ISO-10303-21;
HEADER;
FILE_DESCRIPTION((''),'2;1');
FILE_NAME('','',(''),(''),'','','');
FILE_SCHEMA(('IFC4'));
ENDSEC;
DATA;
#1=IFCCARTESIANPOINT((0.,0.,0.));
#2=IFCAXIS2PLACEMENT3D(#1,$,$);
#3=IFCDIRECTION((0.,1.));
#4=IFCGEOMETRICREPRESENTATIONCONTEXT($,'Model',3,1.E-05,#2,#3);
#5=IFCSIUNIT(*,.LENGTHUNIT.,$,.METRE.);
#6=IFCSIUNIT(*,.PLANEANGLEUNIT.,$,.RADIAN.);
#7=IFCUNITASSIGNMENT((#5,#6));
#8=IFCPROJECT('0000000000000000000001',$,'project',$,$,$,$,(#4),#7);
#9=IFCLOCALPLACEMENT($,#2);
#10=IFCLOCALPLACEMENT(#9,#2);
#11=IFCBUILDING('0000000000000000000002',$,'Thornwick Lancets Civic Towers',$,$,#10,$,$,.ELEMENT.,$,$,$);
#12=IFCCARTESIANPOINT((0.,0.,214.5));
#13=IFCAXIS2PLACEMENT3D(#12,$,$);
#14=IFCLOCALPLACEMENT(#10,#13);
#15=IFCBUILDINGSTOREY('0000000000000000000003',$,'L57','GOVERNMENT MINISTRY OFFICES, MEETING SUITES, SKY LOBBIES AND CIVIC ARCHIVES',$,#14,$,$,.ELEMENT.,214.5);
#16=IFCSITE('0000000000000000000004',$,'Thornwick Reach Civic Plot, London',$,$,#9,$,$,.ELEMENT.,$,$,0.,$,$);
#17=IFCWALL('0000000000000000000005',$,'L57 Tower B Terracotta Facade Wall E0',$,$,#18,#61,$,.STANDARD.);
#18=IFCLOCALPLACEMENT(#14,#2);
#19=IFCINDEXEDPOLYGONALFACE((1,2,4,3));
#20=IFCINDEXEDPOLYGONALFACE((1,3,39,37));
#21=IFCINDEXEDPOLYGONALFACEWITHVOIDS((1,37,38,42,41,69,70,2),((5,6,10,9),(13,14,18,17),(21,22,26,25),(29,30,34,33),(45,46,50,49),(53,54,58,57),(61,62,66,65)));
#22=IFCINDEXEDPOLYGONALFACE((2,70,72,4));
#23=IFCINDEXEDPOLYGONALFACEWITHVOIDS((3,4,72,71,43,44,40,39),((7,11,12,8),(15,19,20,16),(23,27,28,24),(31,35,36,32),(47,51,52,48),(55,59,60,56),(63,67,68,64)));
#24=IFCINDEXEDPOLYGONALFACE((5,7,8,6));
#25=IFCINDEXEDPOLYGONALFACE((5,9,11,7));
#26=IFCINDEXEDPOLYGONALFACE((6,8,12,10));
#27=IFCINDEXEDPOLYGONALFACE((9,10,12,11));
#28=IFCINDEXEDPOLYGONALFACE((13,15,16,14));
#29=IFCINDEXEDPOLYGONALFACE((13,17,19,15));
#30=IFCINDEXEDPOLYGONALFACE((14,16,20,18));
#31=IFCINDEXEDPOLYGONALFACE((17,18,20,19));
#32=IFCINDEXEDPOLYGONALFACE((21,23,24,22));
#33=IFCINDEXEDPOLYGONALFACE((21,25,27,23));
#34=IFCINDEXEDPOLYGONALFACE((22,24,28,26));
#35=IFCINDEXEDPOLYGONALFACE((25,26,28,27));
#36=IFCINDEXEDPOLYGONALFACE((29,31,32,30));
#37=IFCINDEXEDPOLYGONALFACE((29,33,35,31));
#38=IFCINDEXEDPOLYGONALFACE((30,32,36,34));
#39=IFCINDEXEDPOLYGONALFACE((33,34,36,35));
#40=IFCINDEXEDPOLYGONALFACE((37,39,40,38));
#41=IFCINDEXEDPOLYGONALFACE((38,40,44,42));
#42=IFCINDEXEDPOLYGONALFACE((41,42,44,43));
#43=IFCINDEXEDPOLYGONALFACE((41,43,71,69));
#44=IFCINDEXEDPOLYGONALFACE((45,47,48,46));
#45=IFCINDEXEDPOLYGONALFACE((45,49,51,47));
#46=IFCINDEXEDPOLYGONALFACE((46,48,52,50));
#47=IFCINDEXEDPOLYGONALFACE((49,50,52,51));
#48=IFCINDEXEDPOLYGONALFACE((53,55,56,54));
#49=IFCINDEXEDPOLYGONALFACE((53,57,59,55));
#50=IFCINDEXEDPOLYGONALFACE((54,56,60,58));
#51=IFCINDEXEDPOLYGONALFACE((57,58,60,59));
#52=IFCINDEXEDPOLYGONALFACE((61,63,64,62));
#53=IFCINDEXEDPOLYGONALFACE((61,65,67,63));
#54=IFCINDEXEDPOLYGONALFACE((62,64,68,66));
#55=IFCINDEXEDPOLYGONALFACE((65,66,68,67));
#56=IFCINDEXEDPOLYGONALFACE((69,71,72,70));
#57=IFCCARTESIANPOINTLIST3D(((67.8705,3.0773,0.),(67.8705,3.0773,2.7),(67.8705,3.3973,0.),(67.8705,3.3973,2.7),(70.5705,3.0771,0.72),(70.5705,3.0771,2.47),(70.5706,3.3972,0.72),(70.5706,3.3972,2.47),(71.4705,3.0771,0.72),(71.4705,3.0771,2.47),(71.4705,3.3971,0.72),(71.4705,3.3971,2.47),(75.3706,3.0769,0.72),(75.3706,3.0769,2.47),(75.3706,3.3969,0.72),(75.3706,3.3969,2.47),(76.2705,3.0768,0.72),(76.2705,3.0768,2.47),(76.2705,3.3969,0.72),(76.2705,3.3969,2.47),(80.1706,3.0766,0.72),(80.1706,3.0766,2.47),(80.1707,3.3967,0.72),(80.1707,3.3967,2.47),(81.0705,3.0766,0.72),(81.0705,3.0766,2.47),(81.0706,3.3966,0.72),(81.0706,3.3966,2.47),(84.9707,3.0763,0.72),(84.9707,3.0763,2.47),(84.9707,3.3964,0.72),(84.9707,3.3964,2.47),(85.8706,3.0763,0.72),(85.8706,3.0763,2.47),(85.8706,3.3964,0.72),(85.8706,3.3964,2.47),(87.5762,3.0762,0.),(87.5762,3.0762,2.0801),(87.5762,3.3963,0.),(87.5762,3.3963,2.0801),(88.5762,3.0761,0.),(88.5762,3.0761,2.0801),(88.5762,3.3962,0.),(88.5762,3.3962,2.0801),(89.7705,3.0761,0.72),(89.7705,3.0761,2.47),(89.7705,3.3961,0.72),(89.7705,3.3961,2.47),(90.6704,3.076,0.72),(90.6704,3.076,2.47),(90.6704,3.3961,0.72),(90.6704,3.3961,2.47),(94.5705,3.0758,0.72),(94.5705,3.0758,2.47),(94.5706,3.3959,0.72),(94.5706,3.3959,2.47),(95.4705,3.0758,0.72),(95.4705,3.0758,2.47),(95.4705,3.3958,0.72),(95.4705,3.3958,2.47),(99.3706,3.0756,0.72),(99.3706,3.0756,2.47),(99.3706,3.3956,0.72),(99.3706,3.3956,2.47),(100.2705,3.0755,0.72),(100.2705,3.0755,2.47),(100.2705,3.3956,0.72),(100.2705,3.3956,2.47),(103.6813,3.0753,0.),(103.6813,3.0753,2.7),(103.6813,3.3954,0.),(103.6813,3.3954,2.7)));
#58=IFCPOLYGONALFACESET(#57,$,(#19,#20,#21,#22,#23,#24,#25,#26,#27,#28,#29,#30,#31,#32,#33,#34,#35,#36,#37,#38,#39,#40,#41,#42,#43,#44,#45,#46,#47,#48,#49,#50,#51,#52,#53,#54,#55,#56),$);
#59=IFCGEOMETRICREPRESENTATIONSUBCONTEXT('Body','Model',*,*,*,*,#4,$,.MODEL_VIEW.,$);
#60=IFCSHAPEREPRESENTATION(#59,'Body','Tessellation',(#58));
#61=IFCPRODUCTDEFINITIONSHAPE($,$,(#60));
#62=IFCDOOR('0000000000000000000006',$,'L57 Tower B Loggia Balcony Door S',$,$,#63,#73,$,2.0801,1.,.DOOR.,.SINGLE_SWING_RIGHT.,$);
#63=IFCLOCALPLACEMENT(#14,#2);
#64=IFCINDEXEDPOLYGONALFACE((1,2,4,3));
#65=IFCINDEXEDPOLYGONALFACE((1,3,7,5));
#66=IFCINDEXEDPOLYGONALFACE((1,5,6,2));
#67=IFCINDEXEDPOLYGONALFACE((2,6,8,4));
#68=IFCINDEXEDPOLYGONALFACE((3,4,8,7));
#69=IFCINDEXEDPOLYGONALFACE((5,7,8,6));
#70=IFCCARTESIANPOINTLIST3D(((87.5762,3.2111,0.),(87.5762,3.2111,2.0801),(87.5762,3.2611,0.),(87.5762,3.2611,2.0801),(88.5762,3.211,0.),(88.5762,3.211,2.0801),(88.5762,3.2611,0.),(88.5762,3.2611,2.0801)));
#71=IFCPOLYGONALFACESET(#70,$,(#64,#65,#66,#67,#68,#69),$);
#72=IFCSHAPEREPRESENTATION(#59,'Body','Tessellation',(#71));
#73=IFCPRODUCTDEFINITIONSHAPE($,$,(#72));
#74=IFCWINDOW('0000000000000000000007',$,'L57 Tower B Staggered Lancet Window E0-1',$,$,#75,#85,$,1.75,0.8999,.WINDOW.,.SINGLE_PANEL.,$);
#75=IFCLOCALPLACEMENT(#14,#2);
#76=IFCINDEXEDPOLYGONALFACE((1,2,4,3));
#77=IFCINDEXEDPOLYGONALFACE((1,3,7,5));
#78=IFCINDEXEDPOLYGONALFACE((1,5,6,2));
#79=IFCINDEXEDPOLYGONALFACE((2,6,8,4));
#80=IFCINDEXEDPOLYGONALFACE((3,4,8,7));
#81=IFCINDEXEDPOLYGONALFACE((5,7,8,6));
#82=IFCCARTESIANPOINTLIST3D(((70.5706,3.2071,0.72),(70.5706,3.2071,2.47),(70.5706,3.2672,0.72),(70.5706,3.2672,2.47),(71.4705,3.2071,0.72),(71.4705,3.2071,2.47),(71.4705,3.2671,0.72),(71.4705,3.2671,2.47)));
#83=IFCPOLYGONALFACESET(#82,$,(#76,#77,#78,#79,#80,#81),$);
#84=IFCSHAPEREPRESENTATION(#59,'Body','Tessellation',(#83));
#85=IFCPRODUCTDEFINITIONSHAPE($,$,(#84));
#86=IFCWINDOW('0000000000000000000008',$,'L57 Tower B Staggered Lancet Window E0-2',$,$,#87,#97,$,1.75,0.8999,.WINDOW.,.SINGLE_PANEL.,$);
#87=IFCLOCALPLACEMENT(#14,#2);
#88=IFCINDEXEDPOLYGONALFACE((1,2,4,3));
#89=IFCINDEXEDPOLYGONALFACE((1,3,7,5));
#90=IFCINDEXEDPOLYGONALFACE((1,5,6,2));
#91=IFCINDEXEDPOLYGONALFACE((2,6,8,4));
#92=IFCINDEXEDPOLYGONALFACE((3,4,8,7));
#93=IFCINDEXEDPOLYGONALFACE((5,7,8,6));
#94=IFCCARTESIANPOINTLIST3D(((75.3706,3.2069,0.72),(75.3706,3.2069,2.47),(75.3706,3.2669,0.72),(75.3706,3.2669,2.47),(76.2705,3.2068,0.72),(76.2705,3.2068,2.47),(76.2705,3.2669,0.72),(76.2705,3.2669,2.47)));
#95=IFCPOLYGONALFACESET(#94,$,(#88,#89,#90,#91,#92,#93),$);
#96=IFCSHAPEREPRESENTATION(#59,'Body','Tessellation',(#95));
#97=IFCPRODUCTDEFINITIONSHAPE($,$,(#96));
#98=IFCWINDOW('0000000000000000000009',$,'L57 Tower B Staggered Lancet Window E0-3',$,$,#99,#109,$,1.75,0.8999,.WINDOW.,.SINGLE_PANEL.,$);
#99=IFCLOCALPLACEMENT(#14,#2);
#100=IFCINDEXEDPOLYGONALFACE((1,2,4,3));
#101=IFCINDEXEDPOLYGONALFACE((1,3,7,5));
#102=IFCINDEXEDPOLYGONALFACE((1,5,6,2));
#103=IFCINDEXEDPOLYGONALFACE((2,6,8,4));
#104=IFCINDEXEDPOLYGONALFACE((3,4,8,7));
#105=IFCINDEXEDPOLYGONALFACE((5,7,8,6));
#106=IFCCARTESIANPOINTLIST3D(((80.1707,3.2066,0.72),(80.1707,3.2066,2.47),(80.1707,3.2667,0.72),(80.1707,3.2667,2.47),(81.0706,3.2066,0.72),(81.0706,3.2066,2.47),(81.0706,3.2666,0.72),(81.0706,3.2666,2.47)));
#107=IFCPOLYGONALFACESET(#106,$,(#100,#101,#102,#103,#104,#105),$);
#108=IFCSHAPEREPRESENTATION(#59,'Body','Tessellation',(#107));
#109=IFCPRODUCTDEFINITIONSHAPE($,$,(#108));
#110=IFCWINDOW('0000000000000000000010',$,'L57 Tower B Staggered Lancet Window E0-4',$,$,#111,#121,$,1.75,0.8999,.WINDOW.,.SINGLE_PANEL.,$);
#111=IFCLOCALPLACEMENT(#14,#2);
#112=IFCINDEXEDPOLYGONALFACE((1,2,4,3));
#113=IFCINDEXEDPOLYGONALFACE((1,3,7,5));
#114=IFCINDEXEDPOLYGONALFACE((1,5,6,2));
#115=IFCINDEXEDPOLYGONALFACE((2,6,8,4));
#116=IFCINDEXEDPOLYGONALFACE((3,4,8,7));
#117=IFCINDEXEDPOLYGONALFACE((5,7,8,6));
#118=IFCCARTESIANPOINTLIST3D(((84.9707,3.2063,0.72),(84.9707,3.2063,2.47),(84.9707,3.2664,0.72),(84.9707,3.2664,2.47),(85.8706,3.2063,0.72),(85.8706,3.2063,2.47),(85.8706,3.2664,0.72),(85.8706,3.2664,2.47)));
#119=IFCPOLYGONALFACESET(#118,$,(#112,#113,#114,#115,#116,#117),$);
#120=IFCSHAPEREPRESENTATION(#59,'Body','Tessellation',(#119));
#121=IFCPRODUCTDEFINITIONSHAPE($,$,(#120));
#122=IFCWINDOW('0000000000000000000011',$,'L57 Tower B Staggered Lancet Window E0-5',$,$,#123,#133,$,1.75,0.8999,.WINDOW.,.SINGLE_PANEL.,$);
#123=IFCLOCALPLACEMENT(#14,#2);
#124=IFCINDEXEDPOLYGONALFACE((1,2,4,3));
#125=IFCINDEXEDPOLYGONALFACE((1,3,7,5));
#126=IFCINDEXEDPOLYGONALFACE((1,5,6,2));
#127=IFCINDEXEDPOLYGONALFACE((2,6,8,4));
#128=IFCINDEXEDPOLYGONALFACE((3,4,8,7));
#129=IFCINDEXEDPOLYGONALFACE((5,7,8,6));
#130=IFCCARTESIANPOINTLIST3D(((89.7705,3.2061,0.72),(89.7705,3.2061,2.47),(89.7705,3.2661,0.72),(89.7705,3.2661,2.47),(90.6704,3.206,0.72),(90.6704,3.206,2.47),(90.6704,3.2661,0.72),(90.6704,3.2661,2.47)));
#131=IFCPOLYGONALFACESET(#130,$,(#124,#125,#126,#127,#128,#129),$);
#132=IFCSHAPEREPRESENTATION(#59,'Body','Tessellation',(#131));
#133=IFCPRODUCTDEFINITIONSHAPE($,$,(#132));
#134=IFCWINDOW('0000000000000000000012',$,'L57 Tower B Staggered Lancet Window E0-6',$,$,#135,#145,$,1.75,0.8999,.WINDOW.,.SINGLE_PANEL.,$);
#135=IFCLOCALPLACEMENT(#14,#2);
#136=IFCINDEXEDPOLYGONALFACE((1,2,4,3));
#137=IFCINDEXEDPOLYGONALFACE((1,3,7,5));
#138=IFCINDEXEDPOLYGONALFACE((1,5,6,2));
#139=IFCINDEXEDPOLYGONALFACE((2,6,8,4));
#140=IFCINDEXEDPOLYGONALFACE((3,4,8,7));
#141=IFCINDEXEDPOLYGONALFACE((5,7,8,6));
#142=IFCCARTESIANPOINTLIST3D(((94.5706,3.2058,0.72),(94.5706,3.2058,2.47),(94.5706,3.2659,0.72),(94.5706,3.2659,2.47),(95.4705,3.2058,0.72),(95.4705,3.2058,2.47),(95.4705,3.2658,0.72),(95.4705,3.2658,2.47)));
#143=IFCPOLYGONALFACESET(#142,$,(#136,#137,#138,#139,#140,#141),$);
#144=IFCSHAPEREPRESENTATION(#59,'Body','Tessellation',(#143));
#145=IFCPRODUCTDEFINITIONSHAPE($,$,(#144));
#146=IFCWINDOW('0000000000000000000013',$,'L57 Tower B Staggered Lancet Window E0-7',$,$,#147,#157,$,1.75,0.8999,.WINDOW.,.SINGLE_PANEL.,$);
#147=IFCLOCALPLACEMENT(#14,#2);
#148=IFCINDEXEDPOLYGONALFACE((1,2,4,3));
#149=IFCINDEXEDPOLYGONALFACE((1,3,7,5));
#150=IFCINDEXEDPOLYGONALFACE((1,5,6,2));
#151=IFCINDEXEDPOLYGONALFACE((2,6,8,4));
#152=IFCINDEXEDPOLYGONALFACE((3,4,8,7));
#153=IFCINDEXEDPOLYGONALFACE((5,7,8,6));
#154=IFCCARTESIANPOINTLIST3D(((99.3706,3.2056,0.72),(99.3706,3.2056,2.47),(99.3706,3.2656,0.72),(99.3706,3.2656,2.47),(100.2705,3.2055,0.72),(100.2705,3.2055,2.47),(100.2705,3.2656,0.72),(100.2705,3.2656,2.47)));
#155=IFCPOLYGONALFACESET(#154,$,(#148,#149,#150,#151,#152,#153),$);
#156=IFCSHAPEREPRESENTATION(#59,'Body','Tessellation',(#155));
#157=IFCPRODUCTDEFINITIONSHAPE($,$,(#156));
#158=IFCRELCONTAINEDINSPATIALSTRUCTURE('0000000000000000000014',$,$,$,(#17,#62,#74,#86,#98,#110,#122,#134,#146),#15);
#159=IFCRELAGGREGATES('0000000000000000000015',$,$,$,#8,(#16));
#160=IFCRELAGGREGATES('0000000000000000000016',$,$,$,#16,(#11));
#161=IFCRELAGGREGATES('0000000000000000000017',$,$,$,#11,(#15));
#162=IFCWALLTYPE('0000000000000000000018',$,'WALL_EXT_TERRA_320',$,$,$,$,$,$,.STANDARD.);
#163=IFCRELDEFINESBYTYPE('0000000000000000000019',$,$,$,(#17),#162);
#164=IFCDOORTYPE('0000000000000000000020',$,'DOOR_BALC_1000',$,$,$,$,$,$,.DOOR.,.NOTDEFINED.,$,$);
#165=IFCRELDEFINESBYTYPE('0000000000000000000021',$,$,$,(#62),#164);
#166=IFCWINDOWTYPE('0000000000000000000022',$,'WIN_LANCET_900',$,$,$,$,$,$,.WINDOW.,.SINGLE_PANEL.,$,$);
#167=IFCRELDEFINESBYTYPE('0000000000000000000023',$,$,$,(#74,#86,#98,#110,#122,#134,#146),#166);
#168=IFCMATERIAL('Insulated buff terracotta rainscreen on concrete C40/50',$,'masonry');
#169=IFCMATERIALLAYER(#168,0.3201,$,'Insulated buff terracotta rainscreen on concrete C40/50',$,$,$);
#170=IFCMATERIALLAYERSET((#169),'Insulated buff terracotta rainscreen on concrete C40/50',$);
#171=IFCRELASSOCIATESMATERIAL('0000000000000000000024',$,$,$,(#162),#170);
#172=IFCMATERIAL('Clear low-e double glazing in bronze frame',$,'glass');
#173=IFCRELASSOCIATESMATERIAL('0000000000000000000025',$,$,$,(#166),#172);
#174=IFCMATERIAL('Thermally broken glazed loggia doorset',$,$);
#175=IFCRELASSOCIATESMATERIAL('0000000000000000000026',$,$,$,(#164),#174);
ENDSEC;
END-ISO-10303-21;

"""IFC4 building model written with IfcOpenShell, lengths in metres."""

from ifc_helpers import new_model, si_unit, direction, frame, frame_2d, origin, place, context, subcontext, project, spatial, rectangle, extrude, material, layer, layer_set, type_object, element, fill, save


model = new_model("IFC4")

# Units and contexts
model_context = context("Model", 3, precision=1e-05, world=origin(), true_north=direction((0.0, 1.0)))
body_context = subcontext(model_context, "Body", "Model", "MODEL_VIEW")
ifc_project = project(units=[si_unit("LENGTHUNIT", "METRE"), si_unit("PLANEANGLEUNIT", "RADIAN")], contexts=[model_context])

# Site, building, storey
site_placement = place(None, origin())
site = spatial("IfcSite", under=ifc_project, at=site_placement, Name="Thornwick Reach Civic Plot, London", CompositionType="ELEMENT", RefElevation=0.0)
building_placement = place(site_placement, origin())
building = spatial("IfcBuilding", under=site, at=building_placement, Name="Thornwick Lancets Civic Towers", CompositionType="ELEMENT")
storey_placement = place(building_placement, frame((0.0, 0.0, 214.5)))
storey = spatial("IfcBuildingStorey", under=building, at=storey_placement, Name="L57", Description="GOVERNMENT MINISTRY OFFICES, MEETING SUITES, SKY LOBBIES AND CIVIC ARCHIVES", CompositionType="ELEMENT", Elevation=214.5)

# Shared definitions
ifc_material_1 = material(Name="Insulated buff terracotta rainscreen on concrete C40/50", Category="masonry")
ifc_layer_1 = layer(ifc_material_1, 0.3201, Name="Insulated buff terracotta rainscreen on concrete C40/50")
ifc_layer_set_1 = layer_set([ifc_layer_1], Name="Insulated buff terracotta rainscreen on concrete C40/50")
wall_type_1 = type_object("IfcWallType", Name="WALL_EXT_TERRA_320", PredefinedType="STANDARD", material=ifc_layer_set_1)
ifc_material_2 = material(Name="Clear low-e double glazing in bronze frame", Category="glass")
window_type = type_object("IfcWindowType", Name="WIN_LANCET_900", PartitioningType="SINGLE_PANEL", PredefinedType="WINDOW", material=ifc_material_2)

# Wall, openings, door, windows
wall_1_placement = place(storey_placement, frame((67.8706, 3.2373, 0.0), z_axis=(0.0, 0.0, 1.0), x_axis=(1.0, -0.000055, 0.0)))
wall_1 = element("IfcWall", 1, at=wall_1_placement, inside=storey, type_object=wall_type_1, Name="L57 Tower B Terracotta Facade Wall E0", PredefinedType="STANDARD", context=body_context, shape_type="SweptSolid", body=[
    extrude(rectangle(XDim=35.8108, YDim=0.3201, at=frame_2d((17.9053, 0.0))), origin(), (0.0, 0.0, 1.0), 2.7),
])
opening_1_placement = place(wall_1_placement, frame((19.7056, 0.0, 0.0)))
opening_1 = element("IfcOpeningElement", 2, at=opening_1_placement, cuts=wall_1, PredefinedType="OPENING", context=body_context, shape_type="SweptSolid", body=[
    extrude(rectangle(XDim=1.0, YDim=2.0801, at=frame_2d((0.5, 1.04))), frame((0.0, 0.1699, 0.0), z_axis=(0.0, -1.0, 0.0), x_axis=(1.0, 0.0, 0.0)), (0.0, 0.0, 1.0), 0.3401),
])
opening_2_placement = place(wall_1_placement, frame((2.7, 0.0, 0.72)))
opening_2 = element("IfcOpeningElement", 3, at=opening_2_placement, cuts=wall_1, PredefinedType="OPENING", context=body_context, shape_type="SweptSolid", body=[
    extrude(rectangle(XDim=0.8999, YDim=1.75, at=frame_2d((0.45, 0.875))), frame((0.0, 0.1699, 0.0), z_axis=(0.0, -1.0, 0.0), x_axis=(1.0, 0.0, 0.0)), (0.0, 0.0, 1.0), 0.3401),
])
opening_3_placement = place(wall_1_placement, frame((7.5, 0.0, 0.72)))
opening_3 = element("IfcOpeningElement", 4, at=opening_3_placement, cuts=wall_1, PredefinedType="OPENING", context=body_context, shape_type="SweptSolid", body=[
    extrude(rectangle(XDim=0.8999, YDim=1.75, at=frame_2d((0.45, 0.875))), frame((0.0, 0.1699, 0.0), z_axis=(0.0, -1.0, 0.0), x_axis=(1.0, 0.0, 0.0)), (0.0, 0.0, 1.0), 0.3401),
])
opening_4_placement = place(wall_1_placement, frame((12.3, 0.0, 0.72)))
opening_4 = element("IfcOpeningElement", 5, at=opening_4_placement, cuts=wall_1, PredefinedType="OPENING", context=body_context, shape_type="SweptSolid", body=[
    extrude(rectangle(XDim=0.8999, YDim=1.75, at=frame_2d((0.45, 0.875))), frame((0.0, 0.1699, 0.0), z_axis=(0.0, -1.0, 0.0), x_axis=(1.0, 0.0, 0.0)), (0.0, 0.0, 1.0), 0.3401),
])
opening_5_placement = place(wall_1_placement, frame((17.1001, 0.0, 0.72)))
opening_5 = element("IfcOpeningElement", 6, at=opening_5_placement, cuts=wall_1, PredefinedType="OPENING", context=body_context, shape_type="SweptSolid", body=[
    extrude(rectangle(XDim=0.8999, YDim=1.75, at=frame_2d((0.45, 0.875))), frame((0.0, 0.1699, 0.0), z_axis=(0.0, -1.0, 0.0), x_axis=(1.0, 0.0, 0.0)), (0.0, 0.0, 1.0), 0.3401),
])
opening_6_placement = place(wall_1_placement, frame((21.8999, 0.0, 0.72)))
opening_6 = element("IfcOpeningElement", 7, at=opening_6_placement, cuts=wall_1, PredefinedType="OPENING", context=body_context, shape_type="SweptSolid", body=[
    extrude(rectangle(XDim=0.8999, YDim=1.75, at=frame_2d((0.45, 0.875))), frame((0.0, 0.1699, 0.0), z_axis=(0.0, -1.0, 0.0), x_axis=(1.0, 0.0, 0.0)), (0.0, 0.0, 1.0), 0.3401),
])
opening_7_placement = place(wall_1_placement, frame((26.7, 0.0, 0.72)))
opening_7 = element("IfcOpeningElement", 8, at=opening_7_placement, cuts=wall_1, PredefinedType="OPENING", context=body_context, shape_type="SweptSolid", body=[
    extrude(rectangle(XDim=0.8999, YDim=1.75, at=frame_2d((0.45, 0.875))), frame((0.0, 0.1699, 0.0), z_axis=(0.0, -1.0, 0.0), x_axis=(1.0, 0.0, 0.0)), (0.0, 0.0, 1.0), 0.3401),
])
opening_8_placement = place(wall_1_placement, frame((31.5, 0.0, 0.72)))
opening_8 = element("IfcOpeningElement", 9, at=opening_8_placement, cuts=wall_1, PredefinedType="OPENING", context=body_context, shape_type="SweptSolid", body=[
    extrude(rectangle(XDim=0.8999, YDim=1.75, at=frame_2d((0.45, 0.875))), frame((0.0, 0.1699, 0.0), z_axis=(0.0, -1.0, 0.0), x_axis=(1.0, 0.0, 0.0)), (0.0, 0.0, 1.0), 0.3401),
])
ifc_material_3 = material(Name="Thermally broken glazed loggia doorset")
door_type = type_object("IfcDoorType", Name="DOOR_BALC_1000", OperationType="NOTDEFINED", PredefinedType="DOOR", material=ifc_material_3)
door_placement = place(opening_1_placement, origin())
door = element("IfcDoor", 10, at=door_placement, inside=storey, type_object=door_type, Name="L57 Tower B Loggia Balcony Door S", OperationType="SINGLE_SWING_RIGHT", OverallHeight=2.0801, OverallWidth=1.0, PredefinedType="DOOR", context=body_context, shape_type="SweptSolid", body=[
    extrude(rectangle(XDim=1.0, YDim=2.0801, at=frame_2d((0.5, 1.04))), frame((0.0, 0.0249, 0.0), z_axis=(0.0, -1.0, 0.0), x_axis=(1.0, 0.0, 0.0)), (0.0, 0.0, 1.0), 0.05),
])
fill(opening_1, door)
window_1_placement = place(opening_2_placement, origin())
window_1 = element("IfcWindow", 11, at=window_1_placement, inside=storey, type_object=window_type, Name="L57 Tower B Staggered Lancet Window E0-1", OverallHeight=1.75, OverallWidth=0.8999, PartitioningType="SINGLE_PANEL", PredefinedType="WINDOW", context=body_context, shape_type="SweptSolid", body=[
    extrude(rectangle(XDim=0.8999, YDim=1.75, at=frame_2d((0.45, 0.875))), frame((0.0, 0.03, 0.0), z_axis=(0.0, -1.0, 0.0), x_axis=(1.0, 0.0, 0.0)), (0.0, 0.0, 1.0), 0.0601),
])
fill(opening_2, window_1)
window_2_placement = place(opening_3_placement, origin())
window_2 = element("IfcWindow", 12, at=window_2_placement, inside=storey, type_object=window_type, Name="L57 Tower B Staggered Lancet Window E0-2", OverallHeight=1.75, OverallWidth=0.8999, PartitioningType="SINGLE_PANEL", PredefinedType="WINDOW", context=body_context, shape_type="SweptSolid", body=[
    extrude(rectangle(XDim=0.8999, YDim=1.75, at=frame_2d((0.45, 0.875))), frame((0.0, 0.03, 0.0), z_axis=(0.0, -1.0, 0.0), x_axis=(1.0, 0.0, 0.0)), (0.0, 0.0, 1.0), 0.0601),
])
fill(opening_3, window_2)
window_3_placement = place(opening_4_placement, origin())
window_3 = element("IfcWindow", 13, at=window_3_placement, inside=storey, type_object=window_type, Name="L57 Tower B Staggered Lancet Window E0-3", OverallHeight=1.75, OverallWidth=0.8999, PartitioningType="SINGLE_PANEL", PredefinedType="WINDOW", context=body_context, shape_type="SweptSolid", body=[
    extrude(rectangle(XDim=0.8999, YDim=1.75, at=frame_2d((0.45, 0.875))), frame((0.0, 0.03, 0.0), z_axis=(0.0, -1.0, 0.0), x_axis=(1.0, 0.0, 0.0)), (0.0, 0.0, 1.0), 0.0601),
])
fill(opening_4, window_3)
window_4_placement = place(opening_5_placement, origin())
window_4 = element("IfcWindow", 14, at=window_4_placement, inside=storey, type_object=window_type, Name="L57 Tower B Staggered Lancet Window E0-4", OverallHeight=1.75, OverallWidth=0.8999, PartitioningType="SINGLE_PANEL", PredefinedType="WINDOW", context=body_context, shape_type="SweptSolid", body=[
    extrude(rectangle(XDim=0.8999, YDim=1.75, at=frame_2d((0.45, 0.875))), frame((0.0, 0.03, 0.0), z_axis=(0.0, -1.0, 0.0), x_axis=(1.0, 0.0, 0.0)), (0.0, 0.0, 1.0), 0.0601),
])
fill(opening_5, window_4)
window_5_placement = place(opening_6_placement, origin())
window_5 = element("IfcWindow", 15, at=window_5_placement, inside=storey, type_object=window_type, Name="L57 Tower B Staggered Lancet Window E0-5", OverallHeight=1.75, OverallWidth=0.8999, PartitioningType="SINGLE_PANEL", PredefinedType="WINDOW", context=body_context, shape_type="SweptSolid", body=[
    extrude(rectangle(XDim=0.8999, YDim=1.75, at=frame_2d((0.45, 0.875))), frame((0.0, 0.03, 0.0), z_axis=(0.0, -1.0, 0.0), x_axis=(1.0, 0.0, 0.0)), (0.0, 0.0, 1.0), 0.0601),
])
fill(opening_6, window_5)
window_6_placement = place(opening_7_placement, origin())
window_6 = element("IfcWindow", 16, at=window_6_placement, inside=storey, type_object=window_type, Name="L57 Tower B Staggered Lancet Window E0-6", OverallHeight=1.75, OverallWidth=0.8999, PartitioningType="SINGLE_PANEL", PredefinedType="WINDOW", context=body_context, shape_type="SweptSolid", body=[
    extrude(rectangle(XDim=0.8999, YDim=1.75, at=frame_2d((0.45, 0.875))), frame((0.0, 0.03, 0.0), z_axis=(0.0, -1.0, 0.0), x_axis=(1.0, 0.0, 0.0)), (0.0, 0.0, 1.0), 0.0601),
])
fill(opening_7, window_6)
window_7_placement = place(opening_8_placement, origin())
window_7 = element("IfcWindow", 17, at=window_7_placement, inside=storey, type_object=window_type, Name="L57 Tower B Staggered Lancet Window E0-7", OverallHeight=1.75, OverallWidth=0.8999, PartitioningType="SINGLE_PANEL", PredefinedType="WINDOW", context=body_context, shape_type="SweptSolid", body=[
    extrude(rectangle(XDim=0.8999, YDim=1.75, at=frame_2d((0.45, 0.875))), frame((0.0, 0.03, 0.0), z_axis=(0.0, -1.0, 0.0), x_axis=(1.0, 0.0, 0.0)), (0.0, 0.0, 1.0), 0.0601),
])
fill(opening_8, window_7)

save(model, "model.ifc")
